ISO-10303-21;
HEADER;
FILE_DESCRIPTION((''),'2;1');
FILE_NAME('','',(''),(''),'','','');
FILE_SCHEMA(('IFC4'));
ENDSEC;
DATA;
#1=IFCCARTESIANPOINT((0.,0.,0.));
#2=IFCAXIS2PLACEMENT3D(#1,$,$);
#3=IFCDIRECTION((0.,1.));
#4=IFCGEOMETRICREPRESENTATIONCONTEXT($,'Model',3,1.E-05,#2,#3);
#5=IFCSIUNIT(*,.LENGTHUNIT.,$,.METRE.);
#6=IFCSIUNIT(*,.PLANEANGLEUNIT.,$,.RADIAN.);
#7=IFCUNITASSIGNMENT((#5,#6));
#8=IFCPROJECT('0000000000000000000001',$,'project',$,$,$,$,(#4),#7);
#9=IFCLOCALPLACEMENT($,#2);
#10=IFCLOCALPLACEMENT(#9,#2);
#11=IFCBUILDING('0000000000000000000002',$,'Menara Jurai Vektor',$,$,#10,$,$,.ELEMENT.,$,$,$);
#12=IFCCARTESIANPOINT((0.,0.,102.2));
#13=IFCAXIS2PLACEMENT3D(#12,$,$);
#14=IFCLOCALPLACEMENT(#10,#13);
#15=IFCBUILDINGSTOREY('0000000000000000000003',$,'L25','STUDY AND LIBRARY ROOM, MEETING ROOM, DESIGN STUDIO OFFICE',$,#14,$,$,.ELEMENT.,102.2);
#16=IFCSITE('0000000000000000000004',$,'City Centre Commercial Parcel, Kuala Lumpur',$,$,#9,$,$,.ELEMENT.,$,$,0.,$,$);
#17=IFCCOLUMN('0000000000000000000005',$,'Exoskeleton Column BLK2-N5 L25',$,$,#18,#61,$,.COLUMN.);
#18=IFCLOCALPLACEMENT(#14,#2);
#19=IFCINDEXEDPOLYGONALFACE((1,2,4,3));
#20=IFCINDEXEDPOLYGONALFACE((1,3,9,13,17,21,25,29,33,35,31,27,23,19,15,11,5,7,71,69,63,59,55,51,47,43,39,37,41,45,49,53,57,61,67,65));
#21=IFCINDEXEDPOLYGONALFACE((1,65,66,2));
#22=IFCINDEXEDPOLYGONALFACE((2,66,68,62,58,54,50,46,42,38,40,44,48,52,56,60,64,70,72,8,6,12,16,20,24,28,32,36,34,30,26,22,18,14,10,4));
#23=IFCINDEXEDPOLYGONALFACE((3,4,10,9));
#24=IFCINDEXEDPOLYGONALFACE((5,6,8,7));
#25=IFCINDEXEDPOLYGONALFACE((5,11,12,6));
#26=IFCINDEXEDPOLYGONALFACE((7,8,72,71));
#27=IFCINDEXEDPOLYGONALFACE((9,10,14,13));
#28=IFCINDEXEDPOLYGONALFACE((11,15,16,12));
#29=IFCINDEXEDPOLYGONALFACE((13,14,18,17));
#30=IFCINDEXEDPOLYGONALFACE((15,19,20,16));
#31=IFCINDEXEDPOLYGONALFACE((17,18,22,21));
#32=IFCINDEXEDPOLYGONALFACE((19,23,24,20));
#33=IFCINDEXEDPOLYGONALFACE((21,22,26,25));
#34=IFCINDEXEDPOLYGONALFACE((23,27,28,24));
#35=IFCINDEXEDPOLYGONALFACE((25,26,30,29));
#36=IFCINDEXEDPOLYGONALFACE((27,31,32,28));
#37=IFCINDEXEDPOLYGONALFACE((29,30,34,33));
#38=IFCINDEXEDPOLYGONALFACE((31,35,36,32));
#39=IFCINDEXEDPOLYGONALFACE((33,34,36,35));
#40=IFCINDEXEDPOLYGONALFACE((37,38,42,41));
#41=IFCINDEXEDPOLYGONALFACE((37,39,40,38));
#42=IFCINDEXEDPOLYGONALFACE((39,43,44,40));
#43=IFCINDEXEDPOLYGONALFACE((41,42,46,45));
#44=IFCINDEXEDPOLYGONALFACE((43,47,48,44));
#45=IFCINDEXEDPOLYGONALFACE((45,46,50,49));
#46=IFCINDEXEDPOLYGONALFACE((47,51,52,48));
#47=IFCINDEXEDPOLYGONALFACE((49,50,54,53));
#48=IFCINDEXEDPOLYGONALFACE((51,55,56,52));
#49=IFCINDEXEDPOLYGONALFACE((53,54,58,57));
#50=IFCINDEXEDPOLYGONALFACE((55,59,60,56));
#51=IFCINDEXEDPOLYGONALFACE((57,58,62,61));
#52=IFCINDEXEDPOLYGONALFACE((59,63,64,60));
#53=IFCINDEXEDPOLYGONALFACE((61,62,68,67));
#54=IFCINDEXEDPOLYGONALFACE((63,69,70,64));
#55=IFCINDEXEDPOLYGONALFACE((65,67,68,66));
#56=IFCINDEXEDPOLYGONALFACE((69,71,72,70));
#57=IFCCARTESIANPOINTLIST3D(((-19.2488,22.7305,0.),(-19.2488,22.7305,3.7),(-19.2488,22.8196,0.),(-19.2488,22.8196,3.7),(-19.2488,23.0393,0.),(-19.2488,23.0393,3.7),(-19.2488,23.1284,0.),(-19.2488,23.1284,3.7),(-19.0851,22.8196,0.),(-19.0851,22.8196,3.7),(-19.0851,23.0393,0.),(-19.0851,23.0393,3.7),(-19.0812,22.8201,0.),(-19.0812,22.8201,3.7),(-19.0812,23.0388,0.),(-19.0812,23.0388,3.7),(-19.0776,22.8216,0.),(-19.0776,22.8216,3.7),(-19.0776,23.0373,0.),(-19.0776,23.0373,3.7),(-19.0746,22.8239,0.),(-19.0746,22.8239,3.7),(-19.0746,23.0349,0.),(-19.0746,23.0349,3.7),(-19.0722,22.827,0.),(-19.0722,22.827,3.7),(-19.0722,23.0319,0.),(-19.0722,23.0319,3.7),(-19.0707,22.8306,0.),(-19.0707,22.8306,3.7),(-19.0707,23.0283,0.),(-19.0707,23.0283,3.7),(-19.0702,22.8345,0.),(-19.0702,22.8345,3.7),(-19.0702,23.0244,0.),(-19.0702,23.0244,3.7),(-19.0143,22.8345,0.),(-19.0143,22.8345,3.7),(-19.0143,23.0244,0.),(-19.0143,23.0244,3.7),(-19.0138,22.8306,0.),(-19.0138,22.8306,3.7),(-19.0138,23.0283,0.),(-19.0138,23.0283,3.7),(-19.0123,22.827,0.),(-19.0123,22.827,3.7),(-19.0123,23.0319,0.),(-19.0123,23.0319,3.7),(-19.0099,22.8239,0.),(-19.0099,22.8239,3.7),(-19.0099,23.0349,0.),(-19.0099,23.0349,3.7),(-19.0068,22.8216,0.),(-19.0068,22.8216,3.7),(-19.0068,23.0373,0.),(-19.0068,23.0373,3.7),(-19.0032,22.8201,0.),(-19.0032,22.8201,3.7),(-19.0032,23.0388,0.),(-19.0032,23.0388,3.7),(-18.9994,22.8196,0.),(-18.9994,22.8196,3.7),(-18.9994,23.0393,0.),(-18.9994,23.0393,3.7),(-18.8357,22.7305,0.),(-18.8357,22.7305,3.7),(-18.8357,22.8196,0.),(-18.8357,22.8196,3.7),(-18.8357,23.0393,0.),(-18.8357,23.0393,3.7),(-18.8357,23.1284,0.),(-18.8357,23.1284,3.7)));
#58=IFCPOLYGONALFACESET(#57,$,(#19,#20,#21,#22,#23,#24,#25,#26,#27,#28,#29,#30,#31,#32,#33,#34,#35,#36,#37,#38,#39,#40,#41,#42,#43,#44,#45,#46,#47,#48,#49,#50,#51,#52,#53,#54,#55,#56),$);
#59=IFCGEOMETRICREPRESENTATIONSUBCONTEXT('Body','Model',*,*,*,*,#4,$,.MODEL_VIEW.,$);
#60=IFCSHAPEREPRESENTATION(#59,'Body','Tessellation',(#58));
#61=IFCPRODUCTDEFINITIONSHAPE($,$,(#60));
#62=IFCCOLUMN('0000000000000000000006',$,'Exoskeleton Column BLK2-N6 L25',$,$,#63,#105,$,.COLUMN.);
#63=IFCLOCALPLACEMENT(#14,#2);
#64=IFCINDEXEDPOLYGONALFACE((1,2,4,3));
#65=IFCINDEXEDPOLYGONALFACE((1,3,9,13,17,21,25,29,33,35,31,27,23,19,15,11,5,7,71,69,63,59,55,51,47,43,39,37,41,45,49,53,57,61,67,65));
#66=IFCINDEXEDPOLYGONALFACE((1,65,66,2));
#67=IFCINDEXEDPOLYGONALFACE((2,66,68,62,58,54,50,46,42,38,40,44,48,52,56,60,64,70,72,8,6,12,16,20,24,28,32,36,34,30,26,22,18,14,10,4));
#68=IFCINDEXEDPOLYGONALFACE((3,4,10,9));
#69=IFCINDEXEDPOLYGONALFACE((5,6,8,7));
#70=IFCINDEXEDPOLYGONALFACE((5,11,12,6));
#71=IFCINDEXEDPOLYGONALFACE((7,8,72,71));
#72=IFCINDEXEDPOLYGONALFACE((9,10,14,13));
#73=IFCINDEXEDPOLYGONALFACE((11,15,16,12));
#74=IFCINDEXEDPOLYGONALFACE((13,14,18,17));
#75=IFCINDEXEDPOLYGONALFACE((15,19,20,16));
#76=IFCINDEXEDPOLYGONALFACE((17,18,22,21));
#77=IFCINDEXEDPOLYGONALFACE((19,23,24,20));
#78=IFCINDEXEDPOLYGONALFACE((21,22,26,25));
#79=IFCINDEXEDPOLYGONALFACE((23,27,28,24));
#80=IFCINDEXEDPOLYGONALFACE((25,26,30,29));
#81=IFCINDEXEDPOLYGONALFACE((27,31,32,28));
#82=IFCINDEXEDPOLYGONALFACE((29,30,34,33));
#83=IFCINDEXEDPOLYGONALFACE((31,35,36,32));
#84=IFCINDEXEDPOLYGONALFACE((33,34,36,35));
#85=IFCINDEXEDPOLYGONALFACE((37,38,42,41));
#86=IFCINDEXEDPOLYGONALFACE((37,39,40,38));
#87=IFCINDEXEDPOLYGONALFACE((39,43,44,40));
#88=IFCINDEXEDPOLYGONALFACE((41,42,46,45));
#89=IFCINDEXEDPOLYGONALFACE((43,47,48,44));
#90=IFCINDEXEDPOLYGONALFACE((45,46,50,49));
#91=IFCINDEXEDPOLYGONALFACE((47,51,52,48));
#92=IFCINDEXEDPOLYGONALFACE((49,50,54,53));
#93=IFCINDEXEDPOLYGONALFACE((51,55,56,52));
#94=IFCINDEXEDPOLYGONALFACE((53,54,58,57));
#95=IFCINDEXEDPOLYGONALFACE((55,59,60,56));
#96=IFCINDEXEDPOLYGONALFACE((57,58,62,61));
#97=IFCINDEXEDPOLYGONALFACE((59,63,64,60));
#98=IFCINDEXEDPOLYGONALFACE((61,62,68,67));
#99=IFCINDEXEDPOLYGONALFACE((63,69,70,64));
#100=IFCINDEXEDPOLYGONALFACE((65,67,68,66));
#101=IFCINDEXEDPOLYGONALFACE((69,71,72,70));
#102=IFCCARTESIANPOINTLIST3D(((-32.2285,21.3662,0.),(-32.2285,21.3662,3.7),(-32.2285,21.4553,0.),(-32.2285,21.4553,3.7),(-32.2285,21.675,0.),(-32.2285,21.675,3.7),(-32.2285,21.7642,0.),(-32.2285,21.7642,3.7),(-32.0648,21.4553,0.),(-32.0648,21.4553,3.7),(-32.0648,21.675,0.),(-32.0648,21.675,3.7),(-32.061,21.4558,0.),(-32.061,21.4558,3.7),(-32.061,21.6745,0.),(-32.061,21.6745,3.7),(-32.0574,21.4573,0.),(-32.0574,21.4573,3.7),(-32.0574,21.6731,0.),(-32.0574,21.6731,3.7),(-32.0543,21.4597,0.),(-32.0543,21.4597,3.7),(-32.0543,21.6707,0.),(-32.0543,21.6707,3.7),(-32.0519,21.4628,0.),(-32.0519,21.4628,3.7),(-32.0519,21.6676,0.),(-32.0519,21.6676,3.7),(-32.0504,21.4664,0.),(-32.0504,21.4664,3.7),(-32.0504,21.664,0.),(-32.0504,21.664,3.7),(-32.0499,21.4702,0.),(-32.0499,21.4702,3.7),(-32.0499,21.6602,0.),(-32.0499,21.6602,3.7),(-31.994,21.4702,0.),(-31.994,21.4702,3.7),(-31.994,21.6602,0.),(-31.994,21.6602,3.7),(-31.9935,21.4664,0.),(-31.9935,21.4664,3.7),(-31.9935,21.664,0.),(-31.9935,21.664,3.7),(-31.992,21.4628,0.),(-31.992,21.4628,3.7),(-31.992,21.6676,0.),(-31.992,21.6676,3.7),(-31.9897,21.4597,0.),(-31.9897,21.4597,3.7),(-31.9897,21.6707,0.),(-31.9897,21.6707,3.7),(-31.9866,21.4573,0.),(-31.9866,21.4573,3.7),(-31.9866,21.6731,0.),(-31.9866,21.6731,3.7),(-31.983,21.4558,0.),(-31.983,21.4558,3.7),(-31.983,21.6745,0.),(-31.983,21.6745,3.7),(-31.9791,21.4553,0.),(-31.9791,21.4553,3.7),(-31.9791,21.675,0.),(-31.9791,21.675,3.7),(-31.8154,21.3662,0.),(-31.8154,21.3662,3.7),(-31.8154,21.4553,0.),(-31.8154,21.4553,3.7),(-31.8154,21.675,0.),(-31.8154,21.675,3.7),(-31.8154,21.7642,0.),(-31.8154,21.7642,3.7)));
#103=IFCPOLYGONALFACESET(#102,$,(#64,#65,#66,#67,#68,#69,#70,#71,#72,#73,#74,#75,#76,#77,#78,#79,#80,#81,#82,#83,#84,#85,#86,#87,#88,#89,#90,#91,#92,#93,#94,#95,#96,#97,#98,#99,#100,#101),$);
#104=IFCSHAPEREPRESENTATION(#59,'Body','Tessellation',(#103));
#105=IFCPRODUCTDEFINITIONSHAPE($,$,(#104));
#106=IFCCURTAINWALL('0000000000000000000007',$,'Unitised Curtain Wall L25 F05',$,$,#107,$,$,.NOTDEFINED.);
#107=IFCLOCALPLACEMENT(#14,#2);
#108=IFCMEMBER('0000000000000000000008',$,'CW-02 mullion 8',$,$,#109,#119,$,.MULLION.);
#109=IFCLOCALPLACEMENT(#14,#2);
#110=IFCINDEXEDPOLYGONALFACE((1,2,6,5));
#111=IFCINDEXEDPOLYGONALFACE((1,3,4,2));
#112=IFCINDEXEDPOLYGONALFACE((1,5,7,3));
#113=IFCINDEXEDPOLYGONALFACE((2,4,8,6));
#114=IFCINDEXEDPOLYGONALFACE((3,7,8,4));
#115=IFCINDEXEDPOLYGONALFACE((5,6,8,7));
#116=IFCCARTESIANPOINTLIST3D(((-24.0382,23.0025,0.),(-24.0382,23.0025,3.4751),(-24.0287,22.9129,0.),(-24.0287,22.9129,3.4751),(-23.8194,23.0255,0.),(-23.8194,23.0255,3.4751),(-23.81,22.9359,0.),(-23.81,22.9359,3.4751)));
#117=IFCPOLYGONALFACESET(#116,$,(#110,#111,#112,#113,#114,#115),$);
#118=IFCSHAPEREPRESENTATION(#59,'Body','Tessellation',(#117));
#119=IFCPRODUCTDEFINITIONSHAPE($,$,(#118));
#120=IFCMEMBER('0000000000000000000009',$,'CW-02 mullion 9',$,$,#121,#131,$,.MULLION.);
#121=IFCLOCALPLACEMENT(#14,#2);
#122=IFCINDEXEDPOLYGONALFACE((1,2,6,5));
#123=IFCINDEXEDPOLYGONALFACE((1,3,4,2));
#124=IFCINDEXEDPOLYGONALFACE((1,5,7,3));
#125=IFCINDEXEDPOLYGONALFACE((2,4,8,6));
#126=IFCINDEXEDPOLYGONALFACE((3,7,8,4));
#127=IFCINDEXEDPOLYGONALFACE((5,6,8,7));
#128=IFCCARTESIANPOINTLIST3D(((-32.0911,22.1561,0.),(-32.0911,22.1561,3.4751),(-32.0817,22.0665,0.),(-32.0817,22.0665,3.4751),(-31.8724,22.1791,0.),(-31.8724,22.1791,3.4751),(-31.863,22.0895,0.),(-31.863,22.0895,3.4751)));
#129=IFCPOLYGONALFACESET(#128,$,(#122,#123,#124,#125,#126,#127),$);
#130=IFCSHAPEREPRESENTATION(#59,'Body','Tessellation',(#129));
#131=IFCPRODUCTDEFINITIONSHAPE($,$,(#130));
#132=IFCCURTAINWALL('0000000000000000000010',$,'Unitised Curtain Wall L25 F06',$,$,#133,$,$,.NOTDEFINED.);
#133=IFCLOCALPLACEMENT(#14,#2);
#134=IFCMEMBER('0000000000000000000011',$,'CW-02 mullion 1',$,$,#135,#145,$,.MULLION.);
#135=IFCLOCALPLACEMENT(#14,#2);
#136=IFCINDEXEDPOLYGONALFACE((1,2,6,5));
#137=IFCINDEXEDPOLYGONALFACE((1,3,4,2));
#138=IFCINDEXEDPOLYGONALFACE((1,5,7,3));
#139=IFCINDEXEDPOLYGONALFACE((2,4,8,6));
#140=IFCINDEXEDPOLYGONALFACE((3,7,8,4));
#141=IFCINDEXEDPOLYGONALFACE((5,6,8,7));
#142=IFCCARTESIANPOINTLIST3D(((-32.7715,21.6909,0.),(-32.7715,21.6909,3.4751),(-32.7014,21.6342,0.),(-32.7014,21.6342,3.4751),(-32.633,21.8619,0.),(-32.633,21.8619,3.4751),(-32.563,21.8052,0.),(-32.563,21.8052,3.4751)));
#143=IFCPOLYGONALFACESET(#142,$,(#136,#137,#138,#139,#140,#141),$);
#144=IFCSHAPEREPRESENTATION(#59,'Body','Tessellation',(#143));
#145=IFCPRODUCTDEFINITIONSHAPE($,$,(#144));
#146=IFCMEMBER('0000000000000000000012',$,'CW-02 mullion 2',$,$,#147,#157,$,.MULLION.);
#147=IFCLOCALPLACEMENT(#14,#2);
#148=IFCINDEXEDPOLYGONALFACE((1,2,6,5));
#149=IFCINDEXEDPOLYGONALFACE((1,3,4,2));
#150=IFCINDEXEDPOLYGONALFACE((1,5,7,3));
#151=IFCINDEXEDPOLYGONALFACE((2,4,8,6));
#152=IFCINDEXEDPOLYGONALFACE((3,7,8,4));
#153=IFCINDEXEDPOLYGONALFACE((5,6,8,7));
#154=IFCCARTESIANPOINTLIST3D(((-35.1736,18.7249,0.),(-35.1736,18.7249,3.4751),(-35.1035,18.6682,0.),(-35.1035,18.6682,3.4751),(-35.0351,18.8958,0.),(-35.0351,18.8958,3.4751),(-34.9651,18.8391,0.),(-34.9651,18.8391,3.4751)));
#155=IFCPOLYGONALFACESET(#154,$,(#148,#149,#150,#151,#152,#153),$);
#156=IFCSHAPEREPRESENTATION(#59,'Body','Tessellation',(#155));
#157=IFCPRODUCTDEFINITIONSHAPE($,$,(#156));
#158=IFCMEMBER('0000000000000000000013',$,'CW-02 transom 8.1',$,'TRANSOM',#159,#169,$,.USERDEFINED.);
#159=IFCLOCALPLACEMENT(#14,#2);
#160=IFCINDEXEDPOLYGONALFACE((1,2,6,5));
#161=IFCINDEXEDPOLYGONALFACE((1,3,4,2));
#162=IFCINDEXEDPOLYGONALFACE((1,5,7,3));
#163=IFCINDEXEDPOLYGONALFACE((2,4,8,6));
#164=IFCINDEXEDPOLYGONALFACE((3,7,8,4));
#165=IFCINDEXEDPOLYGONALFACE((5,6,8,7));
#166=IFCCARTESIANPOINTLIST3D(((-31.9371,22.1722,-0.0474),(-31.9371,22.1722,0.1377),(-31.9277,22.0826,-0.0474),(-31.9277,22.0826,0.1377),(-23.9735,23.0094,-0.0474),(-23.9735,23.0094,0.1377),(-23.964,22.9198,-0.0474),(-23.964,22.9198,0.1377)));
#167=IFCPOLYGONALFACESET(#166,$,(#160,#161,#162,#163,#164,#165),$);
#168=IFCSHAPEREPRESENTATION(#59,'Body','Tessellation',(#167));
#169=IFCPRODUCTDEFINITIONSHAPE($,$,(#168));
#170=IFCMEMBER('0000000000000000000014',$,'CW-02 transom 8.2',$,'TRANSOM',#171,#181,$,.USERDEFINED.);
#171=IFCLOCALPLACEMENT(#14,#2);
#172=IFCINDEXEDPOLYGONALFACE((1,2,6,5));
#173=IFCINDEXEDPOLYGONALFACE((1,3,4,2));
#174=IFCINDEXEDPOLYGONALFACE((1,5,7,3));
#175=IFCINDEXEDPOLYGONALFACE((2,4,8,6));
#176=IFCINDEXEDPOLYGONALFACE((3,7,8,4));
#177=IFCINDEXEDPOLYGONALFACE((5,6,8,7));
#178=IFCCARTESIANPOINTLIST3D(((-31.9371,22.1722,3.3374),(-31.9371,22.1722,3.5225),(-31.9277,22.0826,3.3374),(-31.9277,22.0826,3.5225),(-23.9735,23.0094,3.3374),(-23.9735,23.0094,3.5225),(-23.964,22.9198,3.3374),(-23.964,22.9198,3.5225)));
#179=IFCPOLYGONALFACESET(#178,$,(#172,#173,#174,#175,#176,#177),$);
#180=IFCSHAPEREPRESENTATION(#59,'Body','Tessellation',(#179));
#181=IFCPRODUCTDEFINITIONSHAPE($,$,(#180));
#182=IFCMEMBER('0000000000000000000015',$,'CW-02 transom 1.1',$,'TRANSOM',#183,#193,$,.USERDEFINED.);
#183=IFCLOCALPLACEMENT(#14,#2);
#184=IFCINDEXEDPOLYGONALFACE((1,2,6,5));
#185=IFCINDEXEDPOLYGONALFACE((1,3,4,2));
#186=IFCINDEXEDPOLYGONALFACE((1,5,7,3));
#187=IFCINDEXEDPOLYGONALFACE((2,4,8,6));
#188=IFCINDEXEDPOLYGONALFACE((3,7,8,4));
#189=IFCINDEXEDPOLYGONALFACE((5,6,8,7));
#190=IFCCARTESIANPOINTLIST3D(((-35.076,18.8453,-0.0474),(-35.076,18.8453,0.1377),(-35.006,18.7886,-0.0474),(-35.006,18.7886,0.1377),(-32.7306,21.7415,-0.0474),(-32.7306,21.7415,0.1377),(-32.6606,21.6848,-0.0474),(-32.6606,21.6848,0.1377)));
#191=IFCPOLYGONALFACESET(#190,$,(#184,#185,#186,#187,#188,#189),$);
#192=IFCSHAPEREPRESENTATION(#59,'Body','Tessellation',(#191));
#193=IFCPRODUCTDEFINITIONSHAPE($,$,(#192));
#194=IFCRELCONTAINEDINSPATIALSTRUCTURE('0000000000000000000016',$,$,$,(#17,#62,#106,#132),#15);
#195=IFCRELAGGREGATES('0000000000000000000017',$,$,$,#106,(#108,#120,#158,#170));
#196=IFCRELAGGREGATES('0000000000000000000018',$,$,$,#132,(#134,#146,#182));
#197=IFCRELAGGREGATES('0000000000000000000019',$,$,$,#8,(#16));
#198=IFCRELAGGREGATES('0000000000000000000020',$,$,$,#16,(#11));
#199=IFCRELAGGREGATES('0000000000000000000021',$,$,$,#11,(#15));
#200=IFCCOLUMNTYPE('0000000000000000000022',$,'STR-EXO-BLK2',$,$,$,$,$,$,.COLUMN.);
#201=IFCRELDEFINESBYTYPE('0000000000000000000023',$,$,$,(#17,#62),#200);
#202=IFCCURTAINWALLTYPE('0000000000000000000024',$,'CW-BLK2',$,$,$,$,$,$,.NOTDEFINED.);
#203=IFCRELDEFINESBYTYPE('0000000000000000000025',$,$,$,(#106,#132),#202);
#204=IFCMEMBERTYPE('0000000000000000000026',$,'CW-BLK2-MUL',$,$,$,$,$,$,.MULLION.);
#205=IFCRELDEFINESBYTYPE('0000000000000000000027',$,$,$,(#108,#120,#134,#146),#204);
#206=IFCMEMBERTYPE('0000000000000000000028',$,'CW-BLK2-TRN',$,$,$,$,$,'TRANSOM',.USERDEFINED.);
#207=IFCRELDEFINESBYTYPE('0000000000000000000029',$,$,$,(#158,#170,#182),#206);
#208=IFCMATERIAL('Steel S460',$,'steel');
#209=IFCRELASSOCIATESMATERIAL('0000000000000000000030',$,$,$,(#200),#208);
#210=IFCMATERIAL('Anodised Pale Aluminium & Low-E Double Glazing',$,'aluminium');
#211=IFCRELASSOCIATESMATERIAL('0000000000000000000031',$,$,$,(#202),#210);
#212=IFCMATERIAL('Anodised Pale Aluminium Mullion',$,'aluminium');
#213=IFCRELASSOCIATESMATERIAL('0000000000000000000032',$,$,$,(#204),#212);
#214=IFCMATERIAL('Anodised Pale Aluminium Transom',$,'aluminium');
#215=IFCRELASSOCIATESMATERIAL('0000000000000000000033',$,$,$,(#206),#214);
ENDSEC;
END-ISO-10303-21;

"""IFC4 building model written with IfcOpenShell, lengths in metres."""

from ifc_helpers import new_model, si_unit, direction, frame, origin, origin_2d, place, context, subcontext, project, spatial, rectangle, i_section, extrude, material, material_profile, profile_set, type_object, element, aggregate, save


model = new_model("IFC4")

# Units and contexts
model_context = context("Model", 3, precision=1e-05, world=origin(), true_north=direction((0.0, 1.0)))
body_context = subcontext(model_context, "Body", "Model", "MODEL_VIEW")
ifc_project = project(units=[si_unit("LENGTHUNIT", "METRE"), si_unit("PLANEANGLEUNIT", "RADIAN")], contexts=[model_context])

# Site, building, storey
site_placement = place(None, origin())
site = spatial("IfcSite", under=ifc_project, at=site_placement, Name="City Centre Commercial Parcel, Kuala Lumpur", CompositionType="ELEMENT", RefElevation=0.0)
building_placement = place(site_placement, origin())
building = spatial("IfcBuilding", under=site, at=building_placement, Name="Menara Jurai Vektor", CompositionType="ELEMENT")
storey_placement = place(building_placement, frame((0.0, 0.0, 102.2)))
storey = spatial("IfcBuildingStorey", under=building, at=storey_placement, Name="L25", Description="STUDY AND LIBRARY ROOM, MEETING ROOM, DESIGN STUDIO OFFICE", CompositionType="ELEMENT", Elevation=102.2)

# Columns
ifc_material_1 = material(Name="Steel S460", Category="steel")
ifc_material_profile_1 = material_profile(ifc_material_1, i_section(OverallWidth=0.4131, OverallDepth=0.3979, WebThickness=0.0559, FlangeThickness=0.0891, FilletRadius=0.0149, at=origin_2d()), Name="HD 400x744")
ifc_profile_set_1 = profile_set([ifc_material_profile_1], Name="Steel S460")
column_type = type_object("IfcColumnType", Name="STR-EXO-BLK2", PredefinedType="COLUMN", material=ifc_profile_set_1)
for number, where, z_axis, x_axis, name in (
    (1, (-19.0422, 22.9294, 0.0), (0.0, 0.0, 1.0), (1.0, 0.0, 0.0), "Exoskeleton Column BLK2-N5 L25"),
    (2, (-32.022, 21.5652, 0.0), (0.0, 0.0, 1.0), (1.0, 0.0, 0.0), "Exoskeleton Column BLK2-N6 L25"),
):
    element("IfcColumn", number, at=place(storey_placement, frame(where, z_axis=z_axis, x_axis=x_axis)), inside=storey, type_object=column_type, Name=name, PredefinedType="COLUMN", context=body_context, shape_type="SweptSolid", body=[
        extrude(i_section(OverallWidth=0.4131, OverallDepth=0.3979, WebThickness=0.0559, FlangeThickness=0.0891, FilletRadius=0.0149, at=origin_2d()), origin(), (0.0, 0.0, 1.0), 3.7),
    ])

# Curtain walls, members
ifc_material_2 = material(Name="Anodised Pale Aluminium & Low-E Double Glazing", Category="aluminium")
curtain_wall_type = type_object("IfcCurtainWallType", Name="CW-BLK2", PredefinedType="NOTDEFINED", material=ifc_material_2)
curtain_wall_1_placement = place(storey_placement, origin())
curtain_wall_1 = element("IfcCurtainWall", 3, at=curtain_wall_1_placement, inside=storey, type_object=curtain_wall_type, Name="Unitised Curtain Wall L25 F05", PredefinedType="NOTDEFINED")
ifc_material_3 = material(Name="Anodised Pale Aluminium Mullion", Category="aluminium")
ifc_material_profile_2 = material_profile(ifc_material_3, rectangle(XDim=0.0901, YDim=0.22, at=origin_2d()), Name="ALU MUL 90x220")
ifc_profile_set_2 = profile_set([ifc_material_profile_2], Name="Anodised Pale Aluminium Mullion")
member_type_1 = type_object("IfcMemberType", Name="CW-BLK2-MUL", PredefinedType="MULLION", material=ifc_profile_set_2)
member_1_placement = place(storey_placement, frame((-23.9241, 22.9692, 0.0), z_axis=(0.0, 0.0, 1.0), x_axis=(0.104529, -0.994522, 0.0)))
member_1 = element("IfcMember", 4, at=member_1_placement, type_object=member_type_1, Name="CW-02 mullion 8", PredefinedType="MULLION", context=body_context, shape_type="SweptSolid", body=[
    extrude(rectangle(XDim=0.0901, YDim=0.22, at=origin_2d()), origin(), (0.0, 0.0, 1.0), 3.4751),
])
member_2_placement = place(storey_placement, frame((-31.9771, 22.1228, 0.0), z_axis=(0.0, 0.0, 1.0), x_axis=(0.104529, -0.994522, 0.0)))
member_2 = element("IfcMember", 5, at=member_2_placement, type_object=member_type_1, Name="CW-02 mullion 9", PredefinedType="MULLION", context=body_context, shape_type="SweptSolid", body=[
    extrude(rectangle(XDim=0.0901, YDim=0.22, at=origin_2d()), origin(), (0.0, 0.0, 1.0), 3.4751),
])
curtain_wall_2_placement = place(storey_placement, origin())
curtain_wall_2 = element("IfcCurtainWall", 6, at=curtain_wall_2_placement, inside=storey, type_object=curtain_wall_type, Name="Unitised Curtain Wall L25 F06", PredefinedType="NOTDEFINED")
member_3_placement = place(storey_placement, frame((-32.6672, 21.748, 0.0), z_axis=(0.0, 0.0, 1.0), x_axis=(0.777129, -0.629341, 0.0)))
member_3 = element("IfcMember", 7, at=member_3_placement, type_object=member_type_1, Name="CW-02 mullion 1", PredefinedType="MULLION", context=body_context, shape_type="SweptSolid", body=[
    extrude(rectangle(XDim=0.0901, YDim=0.22, at=origin_2d()), origin(), (0.0, 0.0, 1.0), 3.4751),
])
member_4_placement = place(storey_placement, frame((-35.0693, 18.782, 0.0), z_axis=(0.0, 0.0, 1.0), x_axis=(0.777129, -0.629341, 0.0)))
member_4 = element("IfcMember", 8, at=member_4_placement, type_object=member_type_1, Name="CW-02 mullion 2", PredefinedType="MULLION", context=body_context, shape_type="SweptSolid", body=[
    extrude(rectangle(XDim=0.0901, YDim=0.22, at=origin_2d()), origin(), (0.0, 0.0, 1.0), 3.4751),
])

# Members
ifc_material_4 = material(Name="Anodised Pale Aluminium Transom", Category="aluminium")
ifc_material_profile_3 = material_profile(ifc_material_4, rectangle(XDim=0.0901, YDim=0.1851, at=origin_2d()), Name="ALU TRN 90x185")
ifc_profile_set_3 = profile_set([ifc_material_profile_3], Name="Anodised Pale Aluminium Transom")
member_type_2 = type_object("IfcMemberType", Name="CW-BLK2-TRN", ElementType="TRANSOM", PredefinedType="USERDEFINED", material=ifc_profile_set_3)
member_5_placement = place(storey_placement, frame((-23.9688, 22.9646, 0.0452), z_axis=(-0.99452, -0.104547, 0.0), x_axis=(0.104547, -0.99452, 0.0)))
member_5 = element("IfcMember", 9, at=member_5_placement, type_object=member_type_2, Name="CW-02 transom 8.1", ObjectType="TRANSOM", PredefinedType="USERDEFINED", context=body_context, shape_type="SweptSolid", body=[
    extrude(rectangle(XDim=0.0901, YDim=0.1851, at=origin_2d()), origin(), (0.0, 0.0, 1.0), 8.0076),
])
member_6_placement = place(storey_placement, frame((-23.9688, 22.9646, 3.4299), z_axis=(-0.99452, -0.104547, 0.0), x_axis=(0.104547, -0.99452, 0.0)))
member_6 = element("IfcMember", 10, at=member_6_placement, type_object=member_type_2, Name="CW-02 transom 8.2", ObjectType="TRANSOM", PredefinedType="USERDEFINED", context=body_context, shape_type="SweptSolid", body=[
    extrude(rectangle(XDim=0.0901, YDim=0.1851, at=origin_2d()), origin(), (0.0, 0.0, 1.0), 8.0076),
])
member_7_placement = place(storey_placement, frame((-32.6956, 21.7131, 0.0452), z_axis=(-0.629341, -0.777129, 0.0), x_axis=(0.777129, -0.629341, 0.0)))
member_7 = element("IfcMember", 11, at=member_7_placement, type_object=member_type_2, Name="CW-02 transom 1.1", ObjectType="TRANSOM", PredefinedType="USERDEFINED", context=body_context, shape_type="SweptSolid", body=[
    extrude(rectangle(XDim=0.0901, YDim=0.1851, at=origin_2d()), origin(), (0.0, 0.0, 1.0), 3.7268),
])

aggregate(curtain_wall_1, [member_1, member_2, member_5, member_6])
aggregate(curtain_wall_2, [member_3, member_4, member_7])

save(model, "model.ifc")
